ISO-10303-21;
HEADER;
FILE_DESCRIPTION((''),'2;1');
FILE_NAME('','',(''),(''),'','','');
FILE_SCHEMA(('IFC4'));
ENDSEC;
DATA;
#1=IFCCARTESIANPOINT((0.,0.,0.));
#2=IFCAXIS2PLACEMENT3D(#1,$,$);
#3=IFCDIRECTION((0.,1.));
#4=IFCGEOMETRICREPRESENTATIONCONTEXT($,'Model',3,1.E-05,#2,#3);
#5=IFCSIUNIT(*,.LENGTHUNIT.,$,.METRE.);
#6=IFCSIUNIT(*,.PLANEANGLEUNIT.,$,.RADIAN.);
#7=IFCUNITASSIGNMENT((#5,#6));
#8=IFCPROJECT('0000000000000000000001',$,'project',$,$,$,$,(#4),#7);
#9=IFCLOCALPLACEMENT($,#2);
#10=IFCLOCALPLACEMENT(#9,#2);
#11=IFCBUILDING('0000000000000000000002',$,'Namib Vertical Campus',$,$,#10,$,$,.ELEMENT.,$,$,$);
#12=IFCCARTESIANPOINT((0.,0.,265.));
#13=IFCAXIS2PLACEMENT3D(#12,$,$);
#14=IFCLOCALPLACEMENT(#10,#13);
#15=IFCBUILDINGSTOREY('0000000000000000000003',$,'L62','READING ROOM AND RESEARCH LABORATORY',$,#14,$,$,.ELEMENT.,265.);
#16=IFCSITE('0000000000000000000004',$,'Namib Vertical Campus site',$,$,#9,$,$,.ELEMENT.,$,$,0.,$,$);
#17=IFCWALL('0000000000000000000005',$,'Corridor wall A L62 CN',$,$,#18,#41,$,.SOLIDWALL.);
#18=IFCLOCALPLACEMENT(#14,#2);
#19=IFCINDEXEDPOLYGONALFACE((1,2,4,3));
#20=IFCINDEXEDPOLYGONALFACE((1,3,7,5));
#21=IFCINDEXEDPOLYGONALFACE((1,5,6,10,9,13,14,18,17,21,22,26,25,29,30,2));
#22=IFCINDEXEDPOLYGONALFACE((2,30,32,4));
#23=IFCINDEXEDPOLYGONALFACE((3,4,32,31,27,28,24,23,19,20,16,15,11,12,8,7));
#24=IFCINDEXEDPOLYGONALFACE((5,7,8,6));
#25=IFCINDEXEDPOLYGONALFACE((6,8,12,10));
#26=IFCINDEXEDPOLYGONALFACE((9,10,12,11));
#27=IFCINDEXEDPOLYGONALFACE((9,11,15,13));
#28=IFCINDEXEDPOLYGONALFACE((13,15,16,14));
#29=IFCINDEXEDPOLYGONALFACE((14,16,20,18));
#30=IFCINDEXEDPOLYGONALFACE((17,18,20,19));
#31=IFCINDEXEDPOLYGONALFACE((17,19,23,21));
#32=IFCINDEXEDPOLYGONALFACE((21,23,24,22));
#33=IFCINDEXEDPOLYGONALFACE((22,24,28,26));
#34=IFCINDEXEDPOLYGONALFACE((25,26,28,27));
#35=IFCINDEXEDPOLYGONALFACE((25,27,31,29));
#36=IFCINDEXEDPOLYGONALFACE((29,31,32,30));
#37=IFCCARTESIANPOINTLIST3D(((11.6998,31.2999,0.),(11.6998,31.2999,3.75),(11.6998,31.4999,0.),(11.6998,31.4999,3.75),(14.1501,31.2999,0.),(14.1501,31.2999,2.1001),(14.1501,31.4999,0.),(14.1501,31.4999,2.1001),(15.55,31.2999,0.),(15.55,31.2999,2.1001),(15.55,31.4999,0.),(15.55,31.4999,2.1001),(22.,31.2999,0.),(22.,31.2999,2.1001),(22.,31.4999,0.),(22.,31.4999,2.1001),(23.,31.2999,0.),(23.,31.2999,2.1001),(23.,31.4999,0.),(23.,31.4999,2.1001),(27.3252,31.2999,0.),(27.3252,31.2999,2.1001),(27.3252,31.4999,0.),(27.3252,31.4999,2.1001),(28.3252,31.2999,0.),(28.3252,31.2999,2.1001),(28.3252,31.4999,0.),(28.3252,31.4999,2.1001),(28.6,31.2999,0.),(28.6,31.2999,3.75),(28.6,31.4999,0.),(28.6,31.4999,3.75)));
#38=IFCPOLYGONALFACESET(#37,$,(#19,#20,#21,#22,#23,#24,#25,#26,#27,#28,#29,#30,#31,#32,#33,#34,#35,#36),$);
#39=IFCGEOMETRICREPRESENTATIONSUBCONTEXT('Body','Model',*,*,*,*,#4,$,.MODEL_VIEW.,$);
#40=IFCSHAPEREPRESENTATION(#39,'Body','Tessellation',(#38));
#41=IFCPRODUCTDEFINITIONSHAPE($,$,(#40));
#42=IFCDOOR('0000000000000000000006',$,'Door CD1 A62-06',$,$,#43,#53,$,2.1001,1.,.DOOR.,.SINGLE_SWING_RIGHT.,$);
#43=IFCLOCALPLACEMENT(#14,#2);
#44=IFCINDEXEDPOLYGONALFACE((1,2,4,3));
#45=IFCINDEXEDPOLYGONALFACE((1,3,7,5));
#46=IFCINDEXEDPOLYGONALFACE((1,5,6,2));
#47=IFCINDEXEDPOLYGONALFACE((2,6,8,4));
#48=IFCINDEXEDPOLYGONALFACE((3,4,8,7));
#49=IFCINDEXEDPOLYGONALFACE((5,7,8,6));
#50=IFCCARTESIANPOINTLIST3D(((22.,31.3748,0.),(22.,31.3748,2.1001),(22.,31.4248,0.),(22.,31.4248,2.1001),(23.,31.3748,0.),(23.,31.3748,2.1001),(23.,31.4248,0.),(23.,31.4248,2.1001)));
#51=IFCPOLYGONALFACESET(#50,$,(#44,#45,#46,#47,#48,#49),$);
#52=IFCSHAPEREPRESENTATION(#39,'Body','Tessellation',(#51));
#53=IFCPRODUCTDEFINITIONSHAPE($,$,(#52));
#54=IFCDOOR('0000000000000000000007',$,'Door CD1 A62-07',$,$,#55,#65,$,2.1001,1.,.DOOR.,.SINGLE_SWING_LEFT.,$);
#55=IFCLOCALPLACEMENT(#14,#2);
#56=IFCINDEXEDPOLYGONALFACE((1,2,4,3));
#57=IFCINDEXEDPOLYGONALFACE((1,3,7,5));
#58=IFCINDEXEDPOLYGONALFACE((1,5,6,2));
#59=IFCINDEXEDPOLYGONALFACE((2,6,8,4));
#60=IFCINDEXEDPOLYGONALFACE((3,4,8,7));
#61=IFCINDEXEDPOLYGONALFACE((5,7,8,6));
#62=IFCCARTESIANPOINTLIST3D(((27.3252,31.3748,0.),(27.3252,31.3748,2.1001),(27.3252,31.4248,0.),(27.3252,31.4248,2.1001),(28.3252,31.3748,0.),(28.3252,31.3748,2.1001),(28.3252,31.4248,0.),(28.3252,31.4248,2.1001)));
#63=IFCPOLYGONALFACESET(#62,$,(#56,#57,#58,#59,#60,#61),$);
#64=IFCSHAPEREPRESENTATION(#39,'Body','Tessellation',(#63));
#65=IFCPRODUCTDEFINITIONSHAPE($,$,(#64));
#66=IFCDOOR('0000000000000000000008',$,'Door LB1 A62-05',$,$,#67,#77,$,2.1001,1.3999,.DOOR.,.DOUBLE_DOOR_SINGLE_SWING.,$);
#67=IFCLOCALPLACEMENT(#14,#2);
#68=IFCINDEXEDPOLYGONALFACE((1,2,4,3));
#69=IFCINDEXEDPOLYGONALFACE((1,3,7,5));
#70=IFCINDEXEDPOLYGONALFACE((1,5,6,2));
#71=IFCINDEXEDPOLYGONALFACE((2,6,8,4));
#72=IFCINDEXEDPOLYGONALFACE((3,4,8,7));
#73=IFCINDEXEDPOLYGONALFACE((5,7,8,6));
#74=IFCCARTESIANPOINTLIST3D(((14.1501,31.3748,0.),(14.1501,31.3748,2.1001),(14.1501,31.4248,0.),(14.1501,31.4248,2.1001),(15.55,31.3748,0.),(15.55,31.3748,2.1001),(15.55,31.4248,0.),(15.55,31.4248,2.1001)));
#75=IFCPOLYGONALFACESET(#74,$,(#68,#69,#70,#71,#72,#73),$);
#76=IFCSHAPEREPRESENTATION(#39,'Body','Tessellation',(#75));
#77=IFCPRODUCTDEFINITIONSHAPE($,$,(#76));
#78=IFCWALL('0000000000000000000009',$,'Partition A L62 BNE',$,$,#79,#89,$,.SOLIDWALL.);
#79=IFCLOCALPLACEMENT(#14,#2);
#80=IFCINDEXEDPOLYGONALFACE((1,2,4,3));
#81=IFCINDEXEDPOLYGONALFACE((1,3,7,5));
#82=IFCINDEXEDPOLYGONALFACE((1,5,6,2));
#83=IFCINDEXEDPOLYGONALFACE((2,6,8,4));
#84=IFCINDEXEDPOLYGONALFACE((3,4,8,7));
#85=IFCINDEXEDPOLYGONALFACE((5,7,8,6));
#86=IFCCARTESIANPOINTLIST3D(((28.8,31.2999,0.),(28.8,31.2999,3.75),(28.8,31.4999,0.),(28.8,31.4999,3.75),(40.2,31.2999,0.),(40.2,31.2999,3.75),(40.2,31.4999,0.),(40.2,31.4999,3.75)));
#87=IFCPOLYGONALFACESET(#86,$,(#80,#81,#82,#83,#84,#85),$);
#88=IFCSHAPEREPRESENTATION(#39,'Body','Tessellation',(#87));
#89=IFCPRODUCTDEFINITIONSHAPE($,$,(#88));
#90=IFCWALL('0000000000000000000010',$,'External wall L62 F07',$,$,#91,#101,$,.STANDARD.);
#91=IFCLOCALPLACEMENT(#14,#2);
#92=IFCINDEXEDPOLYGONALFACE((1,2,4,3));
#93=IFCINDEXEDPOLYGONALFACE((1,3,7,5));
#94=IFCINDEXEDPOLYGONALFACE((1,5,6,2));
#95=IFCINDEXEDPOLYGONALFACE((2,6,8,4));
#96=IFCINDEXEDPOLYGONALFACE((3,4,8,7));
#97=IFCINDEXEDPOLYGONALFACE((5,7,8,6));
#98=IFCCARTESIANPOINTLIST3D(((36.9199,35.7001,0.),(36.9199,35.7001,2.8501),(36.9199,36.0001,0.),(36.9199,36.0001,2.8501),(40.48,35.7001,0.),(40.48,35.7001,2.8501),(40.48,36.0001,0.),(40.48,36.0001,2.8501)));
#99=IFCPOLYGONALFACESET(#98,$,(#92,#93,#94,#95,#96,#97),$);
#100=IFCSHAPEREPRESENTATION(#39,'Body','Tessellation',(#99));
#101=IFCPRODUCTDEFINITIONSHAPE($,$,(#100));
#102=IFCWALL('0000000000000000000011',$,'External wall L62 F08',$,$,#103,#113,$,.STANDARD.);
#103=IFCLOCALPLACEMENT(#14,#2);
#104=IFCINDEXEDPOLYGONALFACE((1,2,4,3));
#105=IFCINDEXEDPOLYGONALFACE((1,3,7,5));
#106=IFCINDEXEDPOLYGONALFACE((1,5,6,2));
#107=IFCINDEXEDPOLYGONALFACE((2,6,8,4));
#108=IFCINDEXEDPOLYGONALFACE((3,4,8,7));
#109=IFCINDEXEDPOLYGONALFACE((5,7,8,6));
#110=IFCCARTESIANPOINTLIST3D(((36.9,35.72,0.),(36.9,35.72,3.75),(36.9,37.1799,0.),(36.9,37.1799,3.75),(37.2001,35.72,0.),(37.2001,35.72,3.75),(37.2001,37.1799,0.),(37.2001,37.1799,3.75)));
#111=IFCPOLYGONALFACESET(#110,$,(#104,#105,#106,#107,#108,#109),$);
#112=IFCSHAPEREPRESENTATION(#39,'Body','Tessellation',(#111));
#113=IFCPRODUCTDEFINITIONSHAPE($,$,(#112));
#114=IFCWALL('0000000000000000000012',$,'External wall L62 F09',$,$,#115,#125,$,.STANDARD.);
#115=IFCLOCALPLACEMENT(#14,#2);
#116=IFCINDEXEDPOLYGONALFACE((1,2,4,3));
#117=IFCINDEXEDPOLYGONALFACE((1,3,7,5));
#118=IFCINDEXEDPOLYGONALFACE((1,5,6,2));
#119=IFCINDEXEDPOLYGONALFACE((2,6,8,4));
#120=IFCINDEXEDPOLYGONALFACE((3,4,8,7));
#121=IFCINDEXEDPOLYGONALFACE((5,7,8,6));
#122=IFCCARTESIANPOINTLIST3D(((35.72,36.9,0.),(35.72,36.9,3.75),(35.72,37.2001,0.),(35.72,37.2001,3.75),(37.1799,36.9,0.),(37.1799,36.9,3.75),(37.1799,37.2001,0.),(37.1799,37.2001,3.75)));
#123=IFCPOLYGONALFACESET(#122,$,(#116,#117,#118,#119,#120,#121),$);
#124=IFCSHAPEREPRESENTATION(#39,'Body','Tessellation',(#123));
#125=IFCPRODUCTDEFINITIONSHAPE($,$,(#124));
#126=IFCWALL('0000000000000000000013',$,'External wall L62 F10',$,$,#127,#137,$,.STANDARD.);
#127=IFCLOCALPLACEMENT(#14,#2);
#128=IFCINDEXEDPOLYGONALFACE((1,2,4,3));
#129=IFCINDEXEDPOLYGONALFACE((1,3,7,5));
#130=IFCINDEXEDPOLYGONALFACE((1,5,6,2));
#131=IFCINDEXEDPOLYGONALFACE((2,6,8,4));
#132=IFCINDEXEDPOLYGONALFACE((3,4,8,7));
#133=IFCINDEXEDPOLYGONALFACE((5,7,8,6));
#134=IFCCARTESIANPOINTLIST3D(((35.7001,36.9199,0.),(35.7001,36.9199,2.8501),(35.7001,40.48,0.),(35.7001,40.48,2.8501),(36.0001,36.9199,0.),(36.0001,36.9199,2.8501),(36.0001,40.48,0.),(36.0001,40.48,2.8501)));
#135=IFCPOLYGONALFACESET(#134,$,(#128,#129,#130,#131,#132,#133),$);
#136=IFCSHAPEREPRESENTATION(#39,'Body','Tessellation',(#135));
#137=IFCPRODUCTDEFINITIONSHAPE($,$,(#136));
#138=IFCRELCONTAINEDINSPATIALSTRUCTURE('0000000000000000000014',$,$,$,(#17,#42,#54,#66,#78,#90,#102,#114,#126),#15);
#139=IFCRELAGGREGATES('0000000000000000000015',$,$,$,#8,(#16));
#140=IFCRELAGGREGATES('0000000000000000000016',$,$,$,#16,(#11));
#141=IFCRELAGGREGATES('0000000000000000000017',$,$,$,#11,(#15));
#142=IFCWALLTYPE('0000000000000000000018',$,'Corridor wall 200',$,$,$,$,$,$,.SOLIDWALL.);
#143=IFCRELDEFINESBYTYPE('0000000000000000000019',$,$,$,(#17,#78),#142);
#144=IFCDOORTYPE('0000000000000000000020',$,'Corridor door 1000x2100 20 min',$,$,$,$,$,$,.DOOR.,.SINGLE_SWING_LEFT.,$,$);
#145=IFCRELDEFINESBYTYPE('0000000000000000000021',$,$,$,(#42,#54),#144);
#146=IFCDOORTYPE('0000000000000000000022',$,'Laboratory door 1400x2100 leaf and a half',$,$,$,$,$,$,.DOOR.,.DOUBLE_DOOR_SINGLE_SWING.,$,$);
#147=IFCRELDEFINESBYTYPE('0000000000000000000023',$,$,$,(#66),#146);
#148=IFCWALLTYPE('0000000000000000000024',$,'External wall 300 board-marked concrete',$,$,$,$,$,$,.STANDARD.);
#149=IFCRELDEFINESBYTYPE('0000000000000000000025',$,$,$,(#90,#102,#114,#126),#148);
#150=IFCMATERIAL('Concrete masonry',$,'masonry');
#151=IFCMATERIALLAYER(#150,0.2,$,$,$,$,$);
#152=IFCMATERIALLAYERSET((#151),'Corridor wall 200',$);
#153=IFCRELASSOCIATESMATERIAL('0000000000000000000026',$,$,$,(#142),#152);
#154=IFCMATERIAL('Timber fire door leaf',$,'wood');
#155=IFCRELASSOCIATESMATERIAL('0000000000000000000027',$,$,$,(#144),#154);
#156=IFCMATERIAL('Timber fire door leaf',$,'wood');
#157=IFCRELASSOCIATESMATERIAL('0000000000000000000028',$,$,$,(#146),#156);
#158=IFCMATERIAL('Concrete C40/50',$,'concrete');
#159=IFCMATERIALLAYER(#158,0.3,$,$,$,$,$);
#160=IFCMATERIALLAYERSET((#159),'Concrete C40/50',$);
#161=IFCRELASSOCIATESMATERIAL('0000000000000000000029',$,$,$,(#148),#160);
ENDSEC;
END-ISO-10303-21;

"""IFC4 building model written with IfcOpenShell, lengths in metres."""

from ifc_helpers import new_model, si_unit, direction, frame, frame_2d, origin, place, context, subcontext, project, spatial, rectangle, extrude, material, layer, layer_set, type_object, element, fill, save


model = new_model("IFC4")

# Units and contexts
model_context = context("Model", 3, precision=1e-05, world=origin(), true_north=direction((0.0, 1.0)))
body_context = subcontext(model_context, "Body", "Model", "MODEL_VIEW")
ifc_project = project(units=[si_unit("LENGTHUNIT", "METRE"), si_unit("PLANEANGLEUNIT", "RADIAN")], contexts=[model_context])

# Site, building, storey
site_placement = place(None, origin())
site = spatial("IfcSite", under=ifc_project, at=site_placement, Name="Namib Vertical Campus site", CompositionType="ELEMENT", RefElevation=0.0)
building_placement = place(site_placement, origin())
building = spatial("IfcBuilding", under=site, at=building_placement, Name="Namib Vertical Campus", CompositionType="ELEMENT")
storey_placement = place(building_placement, frame((0.0, 0.0, 265.0)))
storey = spatial("IfcBuildingStorey", under=building, at=storey_placement, Name="L62", Description="READING ROOM AND RESEARCH LABORATORY", CompositionType="ELEMENT", Elevation=265.0)

# Wall, openings, doors
ifc_material_1 = material(Name="Concrete masonry", Category="masonry")
ifc_layer_1 = layer(ifc_material_1, 0.2)
ifc_layer_set_1 = layer_set([ifc_layer_1], Name="Corridor wall 200")
wall_type_1 = type_object("IfcWallType", Name="Corridor wall 200", PredefinedType="SOLIDWALL", material=ifc_layer_set_1)
wall_1_placement = place(storey_placement, frame((28.6001, 31.3999, 0.0), z_axis=(0.0, 0.0, 1.0), x_axis=(-1.0, 0.0, 0.0)))
wall_1 = element("IfcWall", 1, at=wall_1_placement, inside=storey, type_object=wall_type_1, Name="Corridor wall A L62 CN", PredefinedType="SOLIDWALL", context=body_context, shape_type="SweptSolid", body=[
    extrude(rectangle(XDim=16.9001, YDim=0.2, at=frame_2d((8.4502, 0.0))), origin(), (0.0, 0.0, 1.0), 3.75),
])
opening_1_placement = place(wall_1_placement, frame((13.05, 0.0, 0.0)))
opening_1 = element("IfcOpeningElement", 2, at=opening_1_placement, cuts=wall_1, PredefinedType="OPENING", context=body_context, shape_type="SweptSolid", body=[
    extrude(rectangle(XDim=1.3999, YDim=2.1001, at=frame_2d((0.7, 1.05))), frame((0.0, 0.1099, 0.0), z_axis=(0.0, -1.0, 0.0), x_axis=(1.0, 0.0, 0.0)), (0.0, 0.0, 1.0), 0.22),
])
opening_2_placement = place(wall_1_placement, frame((5.6001, 0.0, 0.0)))
opening_2 = element("IfcOpeningElement", 3, at=opening_2_placement, cuts=wall_1, PredefinedType="OPENING", context=body_context, shape_type="SweptSolid", body=[
    extrude(rectangle(XDim=1.0, YDim=2.1001, at=frame_2d((0.5, 1.05))), frame((0.0, 0.1099, 0.0), z_axis=(0.0, -1.0, 0.0), x_axis=(1.0, 0.0, 0.0)), (0.0, 0.0, 1.0), 0.22),
])
opening_3_placement = place(wall_1_placement, frame((0.2749, 0.0, 0.0)))
opening_3 = element("IfcOpeningElement", 4, at=opening_3_placement, cuts=wall_1, PredefinedType="OPENING", context=body_context, shape_type="SweptSolid", body=[
    extrude(rectangle(XDim=1.0, YDim=2.1001, at=frame_2d((0.5, 1.05))), frame((0.0, 0.1099, 0.0), z_axis=(0.0, -1.0, 0.0), x_axis=(1.0, 0.0, 0.0)), (0.0, 0.0, 1.0), 0.22),
])
ifc_material_2 = material(Name="Timber fire door leaf", Category="wood")
door_type_1 = type_object("IfcDoorType", Name="Corridor door 1000x2100 20 min", OperationType="SINGLE_SWING_LEFT", PredefinedType="DOOR", material=ifc_material_2)
door_1_placement = place(opening_2_placement, frame((1.0, 0.0, 0.0), z_axis=(0.0, 0.0, 1.0), x_axis=(-1.0, 0.0, 0.0)))
door_1 = element("IfcDoor", 5, at=door_1_placement, inside=storey, type_object=door_type_1, Name="Door CD1 A62-06", OperationType="SINGLE_SWING_RIGHT", OverallHeight=2.1001, OverallWidth=1.0, PredefinedType="DOOR", context=body_context, shape_type="SweptSolid", body=[
    extrude(rectangle(XDim=1.0, YDim=2.1001, at=frame_2d((0.5, 1.05))), frame((0.0, 0.0249, 0.0), z_axis=(0.0, -1.0, 0.0), x_axis=(1.0, 0.0, 0.0)), (0.0, 0.0, 1.0), 0.05),
])
fill(opening_2, door_1)
door_2_placement = place(opening_3_placement, frame((1.0, 0.0, 0.0), z_axis=(0.0, 0.0, 1.0), x_axis=(-1.0, 0.0, 0.0)))
door_2 = element("IfcDoor", 6, at=door_2_placement, inside=storey, type_object=door_type_1, Name="Door CD1 A62-07", OperationType="SINGLE_SWING_LEFT", OverallHeight=2.1001, OverallWidth=1.0, PredefinedType="DOOR", context=body_context, shape_type="SweptSolid", body=[
    extrude(rectangle(XDim=1.0, YDim=2.1001, at=frame_2d((0.5, 1.05))), frame((0.0, 0.0249, 0.0), z_axis=(0.0, -1.0, 0.0), x_axis=(1.0, 0.0, 0.0)), (0.0, 0.0, 1.0), 0.05),
])
fill(opening_3, door_2)
ifc_material_3 = material(Name="Timber fire door leaf", Category="wood")
door_type_2 = type_object("IfcDoorType", Name="Laboratory door 1400x2100 leaf and a half", OperationType="DOUBLE_DOOR_SINGLE_SWING", PredefinedType="DOOR", material=ifc_material_3)
door_3_placement = place(opening_1_placement, frame((1.3999, 0.0, 0.0), z_axis=(0.0, 0.0, 1.0), x_axis=(-1.0, 0.0, 0.0)))
door_3 = element("IfcDoor", 7, at=door_3_placement, inside=storey, type_object=door_type_2, Name="Door LB1 A62-05", OperationType="DOUBLE_DOOR_SINGLE_SWING", OverallHeight=2.1001, OverallWidth=1.3999, PredefinedType="DOOR", context=body_context, shape_type="SweptSolid", body=[
    extrude(rectangle(XDim=1.3999, YDim=2.1001, at=frame_2d((0.7, 1.05))), frame((0.0, 0.0249, 0.0), z_axis=(0.0, -1.0, 0.0), x_axis=(1.0, 0.0, 0.0)), (0.0, 0.0, 1.0), 0.05),
])
fill(opening_1, door_3)

# Walls
wall_2_placement = place(storey_placement, frame((28.8, 31.3999, 0.0), z_axis=(0.0, 0.0, 1.0), x_axis=(1.0, 0.0, 0.0)))
element("IfcWall", 8, at=wall_2_placement, inside=storey, type_object=wall_type_1, Name="Partition A L62 BNE", PredefinedType="SOLIDWALL", context=body_context, shape_type="SweptSolid", body=[
    extrude(rectangle(XDim=11.3999, YDim=0.2, at=frame_2d((5.7, 0.0))), origin(), (0.0, 0.0, 1.0), 3.75),
])
ifc_material_4 = material(Name="Concrete C40/50", Category="concrete")
ifc_layer_2 = layer(ifc_material_4, 0.3)
ifc_layer_set_2 = layer_set([ifc_layer_2], Name="Concrete C40/50")
wall_type_2 = type_object("IfcWallType", Name="External wall 300 board-marked concrete", PredefinedType="STANDARD", material=ifc_layer_set_2)
wall_3_placement = place(storey_placement, frame((40.48, 35.8501, 0.0), z_axis=(0.0, 0.0, 1.0), x_axis=(-1.0, 0.0, 0.0)))
element("IfcWall", 9, at=wall_3_placement, inside=storey, type_object=wall_type_2, Name="External wall L62 F07", PredefinedType="STANDARD", context=body_context, shape_type="SweptSolid", body=[
    extrude(rectangle(XDim=3.5601, YDim=0.3, at=frame_2d((1.78, 0.0))), origin(), (0.0, 0.0, 1.0), 2.8501),
])
for number, where, z_axis, x_axis, name in (
    (10, (37.05, 35.72, 0.0), (0.0, 0.0, 1.0), (0.0, 1.0, 0.0), "External wall L62 F08"),
    (11, (37.1799, 37.05, 0.0), (0.0, 0.0, 1.0), (-1.0, 0.0, 0.0), "External wall L62 F09"),
):
    element("IfcWall", number, at=place(storey_placement, frame(where, z_axis=z_axis, x_axis=x_axis)), inside=storey, type_object=wall_type_2, Name=name, PredefinedType="STANDARD", context=body_context, shape_type="SweptSolid", body=[
        extrude(rectangle(XDim=1.46, YDim=0.3, at=frame_2d((0.73, 0.0))), origin(), (0.0, 0.0, 1.0), 3.75),
    ])
wall_4_placement = place(storey_placement, frame((35.8501, 36.9199, 0.0), z_axis=(0.0, 0.0, 1.0), x_axis=(0.0, 1.0, 0.0)))
element("IfcWall", 12, at=wall_4_placement, inside=storey, type_object=wall_type_2, Name="External wall L62 F10", PredefinedType="STANDARD", context=body_context, shape_type="SweptSolid", body=[
    extrude(rectangle(XDim=3.5601, YDim=0.3, at=frame_2d((1.78, 0.0))), origin(), (0.0, 0.0, 1.0), 2.8501),
])

save(model, "model.ifc")
